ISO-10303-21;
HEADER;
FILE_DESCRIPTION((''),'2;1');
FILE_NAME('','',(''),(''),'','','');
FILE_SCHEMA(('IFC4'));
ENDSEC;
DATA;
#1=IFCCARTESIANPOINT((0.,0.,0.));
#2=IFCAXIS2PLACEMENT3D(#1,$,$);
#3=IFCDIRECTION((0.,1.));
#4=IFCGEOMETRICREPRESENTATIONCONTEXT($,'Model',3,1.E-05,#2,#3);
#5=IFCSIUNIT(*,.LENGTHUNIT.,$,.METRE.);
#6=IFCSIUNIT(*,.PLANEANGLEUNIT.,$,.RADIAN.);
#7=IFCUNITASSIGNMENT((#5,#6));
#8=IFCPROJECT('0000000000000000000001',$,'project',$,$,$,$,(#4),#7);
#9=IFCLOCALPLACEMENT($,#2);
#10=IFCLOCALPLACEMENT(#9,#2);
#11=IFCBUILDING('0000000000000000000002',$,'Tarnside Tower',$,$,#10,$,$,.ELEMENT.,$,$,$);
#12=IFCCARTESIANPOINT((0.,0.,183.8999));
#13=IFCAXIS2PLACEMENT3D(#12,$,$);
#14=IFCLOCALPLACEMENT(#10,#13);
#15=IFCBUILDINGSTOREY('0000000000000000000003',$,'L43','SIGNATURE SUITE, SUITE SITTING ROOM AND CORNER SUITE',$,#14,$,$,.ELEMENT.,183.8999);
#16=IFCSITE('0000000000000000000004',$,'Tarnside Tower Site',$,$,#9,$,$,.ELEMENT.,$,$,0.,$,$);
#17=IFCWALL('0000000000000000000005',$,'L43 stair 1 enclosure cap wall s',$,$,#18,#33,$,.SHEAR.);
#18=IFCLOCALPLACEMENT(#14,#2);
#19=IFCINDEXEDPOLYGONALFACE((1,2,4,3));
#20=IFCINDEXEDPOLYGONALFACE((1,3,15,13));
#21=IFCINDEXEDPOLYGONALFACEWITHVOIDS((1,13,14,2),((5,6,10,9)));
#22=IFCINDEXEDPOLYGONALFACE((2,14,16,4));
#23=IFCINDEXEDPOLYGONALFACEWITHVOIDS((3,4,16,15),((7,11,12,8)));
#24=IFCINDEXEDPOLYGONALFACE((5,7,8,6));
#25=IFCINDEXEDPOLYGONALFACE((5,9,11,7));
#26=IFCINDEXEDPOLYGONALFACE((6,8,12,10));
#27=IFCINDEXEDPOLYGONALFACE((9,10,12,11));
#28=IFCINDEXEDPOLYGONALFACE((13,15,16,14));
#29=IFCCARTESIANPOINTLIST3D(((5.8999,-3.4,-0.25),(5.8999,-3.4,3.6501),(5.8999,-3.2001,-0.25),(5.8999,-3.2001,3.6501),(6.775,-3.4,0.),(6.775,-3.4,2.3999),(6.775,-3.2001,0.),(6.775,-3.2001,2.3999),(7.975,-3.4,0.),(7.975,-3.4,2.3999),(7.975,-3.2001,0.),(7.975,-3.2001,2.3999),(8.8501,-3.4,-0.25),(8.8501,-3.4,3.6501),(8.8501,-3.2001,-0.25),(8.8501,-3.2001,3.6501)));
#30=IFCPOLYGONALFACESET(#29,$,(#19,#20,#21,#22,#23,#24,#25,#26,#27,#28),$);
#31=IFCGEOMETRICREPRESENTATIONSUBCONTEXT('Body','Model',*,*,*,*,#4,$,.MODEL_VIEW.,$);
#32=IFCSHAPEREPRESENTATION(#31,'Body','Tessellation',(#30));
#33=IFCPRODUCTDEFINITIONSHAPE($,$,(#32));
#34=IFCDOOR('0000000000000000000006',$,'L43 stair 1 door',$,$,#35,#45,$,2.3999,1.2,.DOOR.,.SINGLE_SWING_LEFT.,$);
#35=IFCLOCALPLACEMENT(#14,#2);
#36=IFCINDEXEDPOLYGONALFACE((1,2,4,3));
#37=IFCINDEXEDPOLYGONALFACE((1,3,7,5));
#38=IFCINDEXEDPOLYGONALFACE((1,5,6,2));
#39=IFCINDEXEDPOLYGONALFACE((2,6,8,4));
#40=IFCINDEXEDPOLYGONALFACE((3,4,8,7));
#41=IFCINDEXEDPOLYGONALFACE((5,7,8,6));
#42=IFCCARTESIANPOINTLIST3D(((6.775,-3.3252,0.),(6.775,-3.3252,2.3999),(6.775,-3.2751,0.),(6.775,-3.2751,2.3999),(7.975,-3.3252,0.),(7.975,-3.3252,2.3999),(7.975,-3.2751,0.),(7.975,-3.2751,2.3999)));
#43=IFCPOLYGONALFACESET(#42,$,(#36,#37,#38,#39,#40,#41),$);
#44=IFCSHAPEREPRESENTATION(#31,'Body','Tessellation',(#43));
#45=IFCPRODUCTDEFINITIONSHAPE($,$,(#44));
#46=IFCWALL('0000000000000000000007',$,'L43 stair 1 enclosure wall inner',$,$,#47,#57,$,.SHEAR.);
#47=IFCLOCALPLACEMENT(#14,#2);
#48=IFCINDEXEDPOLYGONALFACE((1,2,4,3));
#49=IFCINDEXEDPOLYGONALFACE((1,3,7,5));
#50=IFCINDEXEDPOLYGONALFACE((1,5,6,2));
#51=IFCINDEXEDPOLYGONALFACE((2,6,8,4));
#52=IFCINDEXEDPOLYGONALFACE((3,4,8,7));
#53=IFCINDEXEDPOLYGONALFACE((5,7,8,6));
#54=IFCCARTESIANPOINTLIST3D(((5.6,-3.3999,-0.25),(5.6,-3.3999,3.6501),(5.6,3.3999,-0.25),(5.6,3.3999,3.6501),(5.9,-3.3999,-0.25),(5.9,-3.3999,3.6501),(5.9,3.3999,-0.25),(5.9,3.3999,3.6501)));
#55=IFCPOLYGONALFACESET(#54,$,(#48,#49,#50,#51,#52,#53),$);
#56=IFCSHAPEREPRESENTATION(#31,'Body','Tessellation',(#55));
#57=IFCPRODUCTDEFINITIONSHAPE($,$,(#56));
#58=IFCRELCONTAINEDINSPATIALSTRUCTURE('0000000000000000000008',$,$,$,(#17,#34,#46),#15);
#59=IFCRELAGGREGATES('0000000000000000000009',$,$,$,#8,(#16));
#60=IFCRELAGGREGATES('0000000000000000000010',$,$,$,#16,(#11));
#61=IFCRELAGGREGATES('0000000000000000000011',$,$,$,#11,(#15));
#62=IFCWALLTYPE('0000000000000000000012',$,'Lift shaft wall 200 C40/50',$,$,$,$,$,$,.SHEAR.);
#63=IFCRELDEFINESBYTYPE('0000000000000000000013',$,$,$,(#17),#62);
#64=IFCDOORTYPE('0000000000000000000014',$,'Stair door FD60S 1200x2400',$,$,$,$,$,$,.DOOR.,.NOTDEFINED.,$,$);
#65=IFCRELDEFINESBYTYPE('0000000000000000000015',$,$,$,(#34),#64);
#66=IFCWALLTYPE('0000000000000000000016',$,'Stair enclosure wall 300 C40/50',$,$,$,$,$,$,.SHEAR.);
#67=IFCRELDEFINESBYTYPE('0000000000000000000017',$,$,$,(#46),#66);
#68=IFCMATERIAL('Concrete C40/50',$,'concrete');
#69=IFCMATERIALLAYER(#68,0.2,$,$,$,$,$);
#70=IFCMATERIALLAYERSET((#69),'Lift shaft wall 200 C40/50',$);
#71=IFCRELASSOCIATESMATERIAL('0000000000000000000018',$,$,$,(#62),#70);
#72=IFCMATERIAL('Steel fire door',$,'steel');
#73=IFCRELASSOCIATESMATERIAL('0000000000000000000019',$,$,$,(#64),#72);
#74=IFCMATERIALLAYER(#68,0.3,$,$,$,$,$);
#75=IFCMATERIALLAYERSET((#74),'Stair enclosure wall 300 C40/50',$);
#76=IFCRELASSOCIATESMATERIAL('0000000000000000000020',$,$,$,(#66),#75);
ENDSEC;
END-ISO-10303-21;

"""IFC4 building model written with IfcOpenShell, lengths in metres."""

from ifc_helpers import new_model, si_unit, direction, frame, frame_2d, origin, place, context, subcontext, project, spatial, rectangle, extrude, material, layer, layer_set, type_object, element, fill, save


model = new_model("IFC4")

# Units and contexts
model_context = context("Model", 3, precision=1e-05, world=origin(), true_north=direction((0.0, 1.0)))
body_context = subcontext(model_context, "Body", "Model", "MODEL_VIEW")
ifc_project = project(units=[si_unit("LENGTHUNIT", "METRE"), si_unit("PLANEANGLEUNIT", "RADIAN")], contexts=[model_context])

# Site, building, storey
site_placement = place(None, origin())
site = spatial("IfcSite", under=ifc_project, at=site_placement, Name="Tarnside Tower Site", CompositionType="ELEMENT", RefElevation=0.0)
building_placement = place(site_placement, origin())
building = spatial("IfcBuilding", under=site, at=building_placement, Name="Tarnside Tower", CompositionType="ELEMENT")
storey_placement = place(building_placement, frame((0.0, 0.0, 183.8999)))
storey = spatial("IfcBuildingStorey", under=building, at=storey_placement, Name="L43", Description="SIGNATURE SUITE, SUITE SITTING ROOM AND CORNER SUITE", CompositionType="ELEMENT", Elevation=183.8999)

# Shared definitions
ifc_material_1 = material(Name="Concrete C40/50", Category="concrete")

# Shared definitions
ifc_material_2 = material(Name="Steel fire door", Category="steel")

# Shared definitions
ifc_layer_1 = layer(ifc_material_1, 0.2)
ifc_layer_set_1 = layer_set([ifc_layer_1], Name="Lift shaft wall 200 C40/50")
wall_type_1 = type_object("IfcWallType", Name="Lift shaft wall 200 C40/50", PredefinedType="SHEAR", material=ifc_layer_set_1)

# Wall, opening, door
wall_1_placement = place(storey_placement, frame((5.8999, -3.3, -0.25), z_axis=(0.0, 0.0, 1.0), x_axis=(1.0, 0.0, 0.0)))
wall_1 = element("IfcWall", 1, at=wall_1_placement, inside=storey, type_object=wall_type_1, Name="L43 stair 1 enclosure cap wall s", PredefinedType="SHEAR", context=body_context, shape_type="SweptSolid", body=[
    extrude(rectangle(XDim=2.9502, YDim=0.2, at=frame_2d((1.4751, 0.0))), origin(), (0.0, 0.0, 1.0), 3.9001),
])
opening_1_placement = place(wall_1_placement, frame((0.875, 0.0, 0.25)))
opening_1 = element("IfcOpeningElement", 2, at=opening_1_placement, cuts=wall_1, PredefinedType="OPENING", context=body_context, shape_type="SweptSolid", body=[
    extrude(rectangle(XDim=1.2, YDim=2.3999, at=frame_2d((0.6001, 1.2))), frame((0.0, 0.1099, 0.0), z_axis=(0.0, -1.0, 0.0), x_axis=(1.0, 0.0, 0.0)), (0.0, 0.0, 1.0), 0.22),
])
door_type_1 = type_object("IfcDoorType", Name="Stair door FD60S 1200x2400", OperationType="NOTDEFINED", PredefinedType="DOOR", material=ifc_material_2)
door_1_placement = place(opening_1_placement, origin())
door_1 = element("IfcDoor", 3, at=door_1_placement, inside=storey, type_object=door_type_1, Name="L43 stair 1 door", OperationType="SINGLE_SWING_LEFT", OverallHeight=2.3999, OverallWidth=1.2, PredefinedType="DOOR", context=body_context, shape_type="SweptSolid", body=[
    extrude(rectangle(XDim=1.2, YDim=2.3999, at=frame_2d((0.6001, 1.2))), frame((0.0, 0.0249, 0.0), z_axis=(0.0, -1.0, 0.0), x_axis=(1.0, 0.0, 0.0)), (0.0, 0.0, 1.0), 0.05),
])
fill(opening_1, door_1)

# Wall
ifc_layer_2 = layer(ifc_material_1, 0.3)
ifc_layer_set_2 = layer_set([ifc_layer_2], Name="Stair enclosure wall 300 C40/50")
wall_type_2 = type_object("IfcWallType", Name="Stair enclosure wall 300 C40/50", PredefinedType="SHEAR", material=ifc_layer_set_2)
wall_2_placement = place(storey_placement, frame((5.75, -3.3999, -0.25), z_axis=(0.0, 0.0, 1.0), x_axis=(0.0, 1.0, 0.0)))
element("IfcWall", 4, at=wall_2_placement, inside=storey, type_object=wall_type_2, Name="L43 stair 1 enclosure wall inner", PredefinedType="SHEAR", context=body_context, shape_type="SweptSolid", body=[
    extrude(rectangle(XDim=6.7998, YDim=0.3, at=frame_2d((3.3999, 0.0))), origin(), (0.0, 0.0, 1.0), 3.9001),
])

save(model, "model.ifc")
